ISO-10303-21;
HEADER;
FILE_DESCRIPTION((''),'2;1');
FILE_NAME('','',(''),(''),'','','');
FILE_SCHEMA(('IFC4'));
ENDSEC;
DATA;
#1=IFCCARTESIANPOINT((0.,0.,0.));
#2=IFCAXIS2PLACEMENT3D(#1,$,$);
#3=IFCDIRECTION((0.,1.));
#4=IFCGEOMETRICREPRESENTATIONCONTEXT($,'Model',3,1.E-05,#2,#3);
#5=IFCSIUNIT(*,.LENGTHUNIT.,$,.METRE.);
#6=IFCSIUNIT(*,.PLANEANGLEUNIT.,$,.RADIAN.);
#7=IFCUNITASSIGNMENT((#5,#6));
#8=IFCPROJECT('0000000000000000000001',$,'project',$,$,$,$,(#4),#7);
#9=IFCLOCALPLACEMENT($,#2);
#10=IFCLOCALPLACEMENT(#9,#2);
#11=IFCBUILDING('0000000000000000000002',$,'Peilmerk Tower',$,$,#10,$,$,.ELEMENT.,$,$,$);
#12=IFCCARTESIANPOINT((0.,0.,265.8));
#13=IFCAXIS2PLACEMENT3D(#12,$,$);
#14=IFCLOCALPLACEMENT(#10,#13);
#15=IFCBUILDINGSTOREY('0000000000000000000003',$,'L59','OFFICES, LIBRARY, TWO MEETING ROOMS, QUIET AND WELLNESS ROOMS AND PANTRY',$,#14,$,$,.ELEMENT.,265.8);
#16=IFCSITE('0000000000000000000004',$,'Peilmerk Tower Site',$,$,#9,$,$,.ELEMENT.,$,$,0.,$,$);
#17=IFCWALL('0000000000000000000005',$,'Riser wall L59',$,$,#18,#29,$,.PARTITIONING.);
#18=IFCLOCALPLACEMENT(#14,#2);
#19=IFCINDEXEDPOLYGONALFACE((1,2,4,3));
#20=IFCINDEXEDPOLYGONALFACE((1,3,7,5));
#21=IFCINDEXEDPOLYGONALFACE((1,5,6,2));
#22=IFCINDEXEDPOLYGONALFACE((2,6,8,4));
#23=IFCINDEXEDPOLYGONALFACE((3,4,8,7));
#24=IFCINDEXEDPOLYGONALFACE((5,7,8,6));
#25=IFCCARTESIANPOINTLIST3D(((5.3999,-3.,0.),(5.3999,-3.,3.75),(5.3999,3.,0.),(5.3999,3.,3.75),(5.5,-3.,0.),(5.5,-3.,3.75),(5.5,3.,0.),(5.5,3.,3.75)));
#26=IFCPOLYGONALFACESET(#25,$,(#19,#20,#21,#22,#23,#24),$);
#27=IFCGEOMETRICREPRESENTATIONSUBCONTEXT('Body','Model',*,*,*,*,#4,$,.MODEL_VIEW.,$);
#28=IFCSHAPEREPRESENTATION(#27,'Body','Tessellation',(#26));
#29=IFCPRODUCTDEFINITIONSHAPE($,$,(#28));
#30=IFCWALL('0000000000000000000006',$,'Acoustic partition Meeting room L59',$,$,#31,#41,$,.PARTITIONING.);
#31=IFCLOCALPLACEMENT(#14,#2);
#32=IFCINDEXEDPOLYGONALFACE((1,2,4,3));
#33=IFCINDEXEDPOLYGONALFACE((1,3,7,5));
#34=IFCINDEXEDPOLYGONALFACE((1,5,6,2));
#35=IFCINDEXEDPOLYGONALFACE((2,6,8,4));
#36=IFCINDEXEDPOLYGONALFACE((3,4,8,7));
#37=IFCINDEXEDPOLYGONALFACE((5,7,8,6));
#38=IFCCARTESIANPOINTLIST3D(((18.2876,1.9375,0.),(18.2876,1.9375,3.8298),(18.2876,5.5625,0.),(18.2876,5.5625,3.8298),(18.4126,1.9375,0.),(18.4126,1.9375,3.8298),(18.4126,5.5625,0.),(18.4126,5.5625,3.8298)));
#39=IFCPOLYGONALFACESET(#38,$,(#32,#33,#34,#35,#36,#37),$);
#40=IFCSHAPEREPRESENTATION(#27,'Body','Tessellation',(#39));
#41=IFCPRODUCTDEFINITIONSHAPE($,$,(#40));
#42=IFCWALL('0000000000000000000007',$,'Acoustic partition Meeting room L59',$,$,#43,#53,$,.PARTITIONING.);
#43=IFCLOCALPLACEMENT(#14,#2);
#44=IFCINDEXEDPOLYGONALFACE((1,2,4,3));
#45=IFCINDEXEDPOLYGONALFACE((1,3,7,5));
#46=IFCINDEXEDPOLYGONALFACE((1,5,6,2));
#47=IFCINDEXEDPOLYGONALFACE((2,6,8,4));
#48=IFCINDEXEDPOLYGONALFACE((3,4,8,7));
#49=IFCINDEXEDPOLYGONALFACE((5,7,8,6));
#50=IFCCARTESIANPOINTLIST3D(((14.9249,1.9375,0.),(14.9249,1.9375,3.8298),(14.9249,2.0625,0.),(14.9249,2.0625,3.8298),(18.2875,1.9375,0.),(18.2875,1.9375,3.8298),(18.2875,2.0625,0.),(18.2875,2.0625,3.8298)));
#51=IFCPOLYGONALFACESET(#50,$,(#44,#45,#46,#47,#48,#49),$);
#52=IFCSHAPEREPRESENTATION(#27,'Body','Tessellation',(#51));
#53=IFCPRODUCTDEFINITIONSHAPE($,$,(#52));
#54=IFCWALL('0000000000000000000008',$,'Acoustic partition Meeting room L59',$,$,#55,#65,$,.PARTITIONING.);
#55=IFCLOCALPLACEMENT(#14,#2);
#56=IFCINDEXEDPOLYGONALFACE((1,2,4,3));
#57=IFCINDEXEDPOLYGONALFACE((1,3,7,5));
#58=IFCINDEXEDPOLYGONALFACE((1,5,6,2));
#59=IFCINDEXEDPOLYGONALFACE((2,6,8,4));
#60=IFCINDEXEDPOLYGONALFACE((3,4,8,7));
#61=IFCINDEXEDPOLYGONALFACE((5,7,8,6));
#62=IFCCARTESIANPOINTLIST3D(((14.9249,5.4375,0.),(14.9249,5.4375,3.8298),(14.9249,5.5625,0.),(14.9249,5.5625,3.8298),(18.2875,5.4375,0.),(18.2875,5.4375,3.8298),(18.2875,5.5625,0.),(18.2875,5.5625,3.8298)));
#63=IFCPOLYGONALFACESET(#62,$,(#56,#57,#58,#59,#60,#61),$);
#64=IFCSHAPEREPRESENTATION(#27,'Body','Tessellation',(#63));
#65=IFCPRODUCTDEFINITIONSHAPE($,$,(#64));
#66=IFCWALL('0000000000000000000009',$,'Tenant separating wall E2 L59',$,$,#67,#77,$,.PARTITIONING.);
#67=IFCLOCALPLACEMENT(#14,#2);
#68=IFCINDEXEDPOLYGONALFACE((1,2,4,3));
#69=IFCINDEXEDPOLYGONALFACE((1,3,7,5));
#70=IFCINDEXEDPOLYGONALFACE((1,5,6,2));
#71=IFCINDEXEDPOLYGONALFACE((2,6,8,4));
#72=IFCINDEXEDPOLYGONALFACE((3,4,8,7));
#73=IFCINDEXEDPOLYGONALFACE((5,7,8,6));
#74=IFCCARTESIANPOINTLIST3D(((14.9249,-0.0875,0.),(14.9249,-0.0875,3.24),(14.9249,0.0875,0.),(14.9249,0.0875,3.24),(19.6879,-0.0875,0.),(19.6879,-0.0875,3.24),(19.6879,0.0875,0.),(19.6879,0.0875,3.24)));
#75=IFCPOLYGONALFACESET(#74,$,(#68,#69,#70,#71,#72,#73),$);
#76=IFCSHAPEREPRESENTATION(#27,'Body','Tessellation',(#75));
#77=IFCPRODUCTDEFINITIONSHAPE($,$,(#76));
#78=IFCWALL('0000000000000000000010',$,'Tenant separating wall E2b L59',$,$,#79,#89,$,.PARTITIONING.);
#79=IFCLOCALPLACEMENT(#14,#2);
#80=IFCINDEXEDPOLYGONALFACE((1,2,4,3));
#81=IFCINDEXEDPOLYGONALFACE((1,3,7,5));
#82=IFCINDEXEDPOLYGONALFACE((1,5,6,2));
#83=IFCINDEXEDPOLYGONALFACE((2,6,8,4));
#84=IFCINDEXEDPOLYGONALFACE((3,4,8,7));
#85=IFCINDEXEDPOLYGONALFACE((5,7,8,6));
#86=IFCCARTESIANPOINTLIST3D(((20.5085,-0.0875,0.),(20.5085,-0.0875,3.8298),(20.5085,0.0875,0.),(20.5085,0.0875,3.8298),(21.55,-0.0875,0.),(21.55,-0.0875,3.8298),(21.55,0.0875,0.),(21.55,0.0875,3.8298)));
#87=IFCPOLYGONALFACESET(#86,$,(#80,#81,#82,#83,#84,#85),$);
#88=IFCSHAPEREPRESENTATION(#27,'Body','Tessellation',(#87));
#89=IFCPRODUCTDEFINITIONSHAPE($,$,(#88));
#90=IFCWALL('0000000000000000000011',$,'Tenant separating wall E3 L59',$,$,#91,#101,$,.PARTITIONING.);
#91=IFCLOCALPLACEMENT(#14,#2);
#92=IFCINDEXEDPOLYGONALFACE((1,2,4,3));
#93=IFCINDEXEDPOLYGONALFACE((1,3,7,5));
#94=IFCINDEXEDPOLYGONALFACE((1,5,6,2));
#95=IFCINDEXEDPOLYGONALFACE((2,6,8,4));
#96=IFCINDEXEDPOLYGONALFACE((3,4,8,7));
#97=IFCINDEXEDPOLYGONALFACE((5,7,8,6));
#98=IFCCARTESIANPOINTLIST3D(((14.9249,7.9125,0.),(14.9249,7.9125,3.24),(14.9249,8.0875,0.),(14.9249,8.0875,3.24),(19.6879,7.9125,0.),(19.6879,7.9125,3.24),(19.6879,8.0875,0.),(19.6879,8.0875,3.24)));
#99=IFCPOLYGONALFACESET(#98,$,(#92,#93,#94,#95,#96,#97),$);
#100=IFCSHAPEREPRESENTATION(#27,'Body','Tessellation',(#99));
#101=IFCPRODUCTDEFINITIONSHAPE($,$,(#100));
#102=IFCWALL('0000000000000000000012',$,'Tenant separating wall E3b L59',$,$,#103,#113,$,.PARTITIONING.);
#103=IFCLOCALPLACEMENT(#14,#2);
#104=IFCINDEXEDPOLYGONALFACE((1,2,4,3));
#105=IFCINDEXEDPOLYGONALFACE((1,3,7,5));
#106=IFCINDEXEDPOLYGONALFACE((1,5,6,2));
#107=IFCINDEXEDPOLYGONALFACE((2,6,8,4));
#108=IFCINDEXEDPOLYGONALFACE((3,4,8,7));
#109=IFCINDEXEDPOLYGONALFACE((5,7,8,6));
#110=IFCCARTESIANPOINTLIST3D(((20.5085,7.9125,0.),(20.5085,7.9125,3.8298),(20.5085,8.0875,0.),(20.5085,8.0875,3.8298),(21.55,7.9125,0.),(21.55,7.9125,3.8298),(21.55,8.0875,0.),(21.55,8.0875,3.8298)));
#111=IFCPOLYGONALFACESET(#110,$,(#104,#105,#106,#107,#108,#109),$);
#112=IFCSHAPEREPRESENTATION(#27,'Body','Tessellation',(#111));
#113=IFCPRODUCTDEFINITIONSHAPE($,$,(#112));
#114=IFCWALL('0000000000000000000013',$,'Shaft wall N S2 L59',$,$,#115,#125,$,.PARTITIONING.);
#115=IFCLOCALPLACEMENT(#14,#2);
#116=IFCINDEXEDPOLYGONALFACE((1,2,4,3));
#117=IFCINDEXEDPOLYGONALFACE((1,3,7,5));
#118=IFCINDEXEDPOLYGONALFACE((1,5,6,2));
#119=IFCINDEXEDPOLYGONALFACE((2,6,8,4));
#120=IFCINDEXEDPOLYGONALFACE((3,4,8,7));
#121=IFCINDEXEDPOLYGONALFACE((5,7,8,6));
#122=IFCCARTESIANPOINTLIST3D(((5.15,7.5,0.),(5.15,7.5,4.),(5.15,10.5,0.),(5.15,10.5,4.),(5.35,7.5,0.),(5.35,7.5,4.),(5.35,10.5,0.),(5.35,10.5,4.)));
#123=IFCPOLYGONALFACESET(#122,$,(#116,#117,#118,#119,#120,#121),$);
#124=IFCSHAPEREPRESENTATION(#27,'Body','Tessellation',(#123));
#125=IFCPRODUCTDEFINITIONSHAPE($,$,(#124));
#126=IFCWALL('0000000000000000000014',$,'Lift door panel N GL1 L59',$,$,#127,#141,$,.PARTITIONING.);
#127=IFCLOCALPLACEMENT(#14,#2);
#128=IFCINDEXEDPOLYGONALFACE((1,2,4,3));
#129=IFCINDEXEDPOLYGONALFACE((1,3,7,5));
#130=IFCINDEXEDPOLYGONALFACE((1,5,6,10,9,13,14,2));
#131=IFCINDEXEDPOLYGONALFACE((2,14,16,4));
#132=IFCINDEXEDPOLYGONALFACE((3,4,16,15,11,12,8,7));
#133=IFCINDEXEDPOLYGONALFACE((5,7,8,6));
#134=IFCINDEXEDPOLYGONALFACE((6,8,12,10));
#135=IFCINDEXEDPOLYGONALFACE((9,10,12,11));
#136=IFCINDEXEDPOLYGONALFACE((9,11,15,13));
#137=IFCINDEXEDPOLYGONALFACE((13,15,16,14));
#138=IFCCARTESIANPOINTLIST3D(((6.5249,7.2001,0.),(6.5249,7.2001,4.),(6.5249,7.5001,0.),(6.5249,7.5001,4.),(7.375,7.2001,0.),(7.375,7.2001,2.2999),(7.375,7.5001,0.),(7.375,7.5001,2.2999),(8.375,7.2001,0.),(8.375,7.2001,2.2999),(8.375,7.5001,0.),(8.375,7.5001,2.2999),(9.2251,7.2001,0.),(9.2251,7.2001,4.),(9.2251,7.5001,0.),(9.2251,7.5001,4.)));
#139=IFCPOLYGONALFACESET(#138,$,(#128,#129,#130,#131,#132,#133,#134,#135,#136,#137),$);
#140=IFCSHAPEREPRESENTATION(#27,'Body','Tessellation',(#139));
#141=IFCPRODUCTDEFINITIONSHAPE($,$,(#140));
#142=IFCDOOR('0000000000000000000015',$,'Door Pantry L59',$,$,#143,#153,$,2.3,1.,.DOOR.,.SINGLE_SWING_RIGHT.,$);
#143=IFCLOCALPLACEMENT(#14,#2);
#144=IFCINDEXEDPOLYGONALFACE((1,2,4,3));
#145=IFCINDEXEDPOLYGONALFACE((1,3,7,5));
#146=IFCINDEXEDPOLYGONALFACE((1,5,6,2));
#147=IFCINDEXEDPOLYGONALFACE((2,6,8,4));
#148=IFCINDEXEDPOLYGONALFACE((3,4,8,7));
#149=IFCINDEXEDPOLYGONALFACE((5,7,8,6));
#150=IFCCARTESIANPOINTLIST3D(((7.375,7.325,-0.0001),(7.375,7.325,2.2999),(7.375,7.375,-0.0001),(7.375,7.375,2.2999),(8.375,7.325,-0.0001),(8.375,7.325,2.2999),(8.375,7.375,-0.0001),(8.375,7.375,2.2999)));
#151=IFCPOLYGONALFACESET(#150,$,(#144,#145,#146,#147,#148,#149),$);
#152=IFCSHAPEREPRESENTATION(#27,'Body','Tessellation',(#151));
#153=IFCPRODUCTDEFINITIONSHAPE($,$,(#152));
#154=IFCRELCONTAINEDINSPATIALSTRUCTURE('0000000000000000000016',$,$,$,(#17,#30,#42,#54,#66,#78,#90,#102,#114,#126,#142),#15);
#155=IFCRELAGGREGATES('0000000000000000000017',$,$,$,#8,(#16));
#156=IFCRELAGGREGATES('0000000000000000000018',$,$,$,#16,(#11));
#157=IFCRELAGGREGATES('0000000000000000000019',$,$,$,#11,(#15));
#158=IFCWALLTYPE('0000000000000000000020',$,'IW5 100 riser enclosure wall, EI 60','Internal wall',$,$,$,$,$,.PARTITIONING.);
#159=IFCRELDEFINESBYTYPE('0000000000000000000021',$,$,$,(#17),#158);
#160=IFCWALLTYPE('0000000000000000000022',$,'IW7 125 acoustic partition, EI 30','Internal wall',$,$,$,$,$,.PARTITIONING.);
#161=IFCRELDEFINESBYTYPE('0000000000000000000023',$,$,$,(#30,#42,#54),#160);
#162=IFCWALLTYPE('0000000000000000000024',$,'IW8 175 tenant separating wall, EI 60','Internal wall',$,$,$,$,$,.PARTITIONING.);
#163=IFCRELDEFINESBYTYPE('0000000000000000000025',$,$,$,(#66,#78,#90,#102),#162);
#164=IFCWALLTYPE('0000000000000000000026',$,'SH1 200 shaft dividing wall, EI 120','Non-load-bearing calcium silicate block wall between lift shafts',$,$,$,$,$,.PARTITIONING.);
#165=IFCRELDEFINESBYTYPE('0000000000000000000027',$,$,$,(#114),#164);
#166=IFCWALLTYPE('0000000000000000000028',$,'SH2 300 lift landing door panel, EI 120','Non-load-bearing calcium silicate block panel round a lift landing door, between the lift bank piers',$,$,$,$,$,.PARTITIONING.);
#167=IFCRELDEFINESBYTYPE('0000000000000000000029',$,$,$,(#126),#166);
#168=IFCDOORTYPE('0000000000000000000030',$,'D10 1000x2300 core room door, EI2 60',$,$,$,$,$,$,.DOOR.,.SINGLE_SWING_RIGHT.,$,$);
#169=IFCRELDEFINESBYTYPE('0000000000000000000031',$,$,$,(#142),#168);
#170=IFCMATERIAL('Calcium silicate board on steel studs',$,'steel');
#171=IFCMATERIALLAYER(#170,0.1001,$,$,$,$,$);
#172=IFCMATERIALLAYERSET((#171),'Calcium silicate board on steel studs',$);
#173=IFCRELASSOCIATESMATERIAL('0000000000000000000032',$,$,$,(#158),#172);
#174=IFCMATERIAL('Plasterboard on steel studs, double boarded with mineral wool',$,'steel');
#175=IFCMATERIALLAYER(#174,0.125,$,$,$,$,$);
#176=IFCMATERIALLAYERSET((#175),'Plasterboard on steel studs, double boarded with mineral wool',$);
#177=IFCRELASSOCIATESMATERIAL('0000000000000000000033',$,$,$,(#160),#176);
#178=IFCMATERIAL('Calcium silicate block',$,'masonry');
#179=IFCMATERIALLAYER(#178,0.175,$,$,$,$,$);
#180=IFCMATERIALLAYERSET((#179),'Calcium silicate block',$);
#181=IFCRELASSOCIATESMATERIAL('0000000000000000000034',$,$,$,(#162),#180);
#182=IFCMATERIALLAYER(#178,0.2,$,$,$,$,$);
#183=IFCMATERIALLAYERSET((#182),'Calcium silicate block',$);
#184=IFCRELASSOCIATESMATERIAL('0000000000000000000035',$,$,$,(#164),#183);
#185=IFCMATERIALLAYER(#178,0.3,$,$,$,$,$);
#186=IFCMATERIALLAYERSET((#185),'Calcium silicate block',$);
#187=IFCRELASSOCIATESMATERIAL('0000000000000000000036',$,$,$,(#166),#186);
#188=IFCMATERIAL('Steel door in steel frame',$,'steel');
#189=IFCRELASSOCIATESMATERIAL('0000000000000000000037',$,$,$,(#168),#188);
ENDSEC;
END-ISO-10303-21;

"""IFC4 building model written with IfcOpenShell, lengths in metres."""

from ifc_helpers import new_model, si_unit, direction, frame, frame_2d, origin, place, context, subcontext, project, spatial, rectangle, extrude, material, layer, layer_set, type_object, element, fill, save


model = new_model("IFC4")

# Units and contexts
model_context = context("Model", 3, precision=1e-05, world=origin(), true_north=direction((0.0, 1.0)))
body_context = subcontext(model_context, "Body", "Model", "MODEL_VIEW")
ifc_project = project(units=[si_unit("LENGTHUNIT", "METRE"), si_unit("PLANEANGLEUNIT", "RADIAN")], contexts=[model_context])

# Site, building, storey
site_placement = place(None, origin())
site = spatial("IfcSite", under=ifc_project, at=site_placement, Name="Peilmerk Tower Site", CompositionType="ELEMENT", RefElevation=0.0)
building_placement = place(site_placement, origin())
building = spatial("IfcBuilding", under=site, at=building_placement, Name="Peilmerk Tower", CompositionType="ELEMENT")
storey_placement = place(building_placement, frame((0.0, 0.0, 265.8)))
storey = spatial("IfcBuildingStorey", under=building, at=storey_placement, Name="L59", Description="OFFICES, LIBRARY, TWO MEETING ROOMS, QUIET AND WELLNESS ROOMS AND PANTRY", CompositionType="ELEMENT", Elevation=265.8)

# Walls
ifc_material_1 = material(Name="Calcium silicate board on steel studs", Category="steel")
ifc_layer_1 = layer(ifc_material_1, 0.1001)
ifc_layer_set_1 = layer_set([ifc_layer_1], Name="Calcium silicate board on steel studs")
wall_type_1 = type_object("IfcWallType", Name="IW5 100 riser enclosure wall, EI 60", Description="Internal wall", PredefinedType="PARTITIONING", material=ifc_layer_set_1)
wall_1_placement = place(storey_placement, frame((5.45, 3.0, 0.0), z_axis=(0.0, 0.0, 1.0), x_axis=(0.0, -1.0, 0.0)))
element("IfcWall", 1, at=wall_1_placement, inside=storey, type_object=wall_type_1, Name="Riser wall L59", PredefinedType="PARTITIONING", context=body_context, shape_type="SweptSolid", body=[
    extrude(rectangle(XDim=6.0, YDim=0.1001, at=frame_2d((3.0, 0.0))), origin(), (0.0, 0.0, 1.0), 3.75),
])
ifc_material_2 = material(Name="Plasterboard on steel studs, double boarded with mineral wool", Category="steel")
ifc_layer_2 = layer(ifc_material_2, 0.125)
ifc_layer_set_2 = layer_set([ifc_layer_2], Name="Plasterboard on steel studs, double boarded with mineral wool")
wall_type_2 = type_object("IfcWallType", Name="IW7 125 acoustic partition, EI 30", Description="Internal wall", PredefinedType="PARTITIONING", material=ifc_layer_set_2)
wall_2_placement = place(storey_placement, frame((18.3501, 1.9375, 0.0), z_axis=(0.0, 0.0, 1.0), x_axis=(0.0, 1.0, 0.0)))
element("IfcWall", 2, at=wall_2_placement, inside=storey, type_object=wall_type_2, Name="Acoustic partition Meeting room L59", PredefinedType="PARTITIONING", context=body_context, shape_type="SweptSolid", body=[
    extrude(rectangle(XDim=3.625, YDim=0.125, at=frame_2d((1.8125, 0.0))), origin(), (0.0, 0.0, 1.0), 3.8298),
])
for number, where, z_axis, x_axis, name in (
    (3, (14.925, 2.0, 0.0), (0.0, 0.0, 1.0), (1.0, 0.0, 0.0), "Acoustic partition Meeting room L59"),
    (4, (14.925, 5.5, 0.0), (0.0, 0.0, 1.0), (1.0, 0.0, 0.0), "Acoustic partition Meeting room L59"),
):
    element("IfcWall", number, at=place(storey_placement, frame(where, z_axis=z_axis, x_axis=x_axis)), inside=storey, type_object=wall_type_2, Name=name, PredefinedType="PARTITIONING", context=body_context, shape_type="SweptSolid", body=[
        extrude(rectangle(XDim=3.3625, YDim=0.125, at=frame_2d((1.6812, 0.0))), origin(), (0.0, 0.0, 1.0), 3.8298),
    ])
ifc_material_3 = material(Name="Calcium silicate block", Category="masonry")
ifc_layer_3 = layer(ifc_material_3, 0.175)
ifc_layer_set_3 = layer_set([ifc_layer_3], Name="Calcium silicate block")
wall_type_3 = type_object("IfcWallType", Name="IW8 175 tenant separating wall, EI 60", Description="Internal wall", PredefinedType="PARTITIONING", material=ifc_layer_set_3)
wall_3_placement = place(storey_placement, frame((14.925, 0.0, 0.0), z_axis=(0.0, 0.0, 1.0), x_axis=(1.0, 0.0, 0.0)))
element("IfcWall", 5, at=wall_3_placement, inside=storey, type_object=wall_type_3, Name="Tenant separating wall E2 L59", PredefinedType="PARTITIONING", context=body_context, shape_type="SweptSolid", body=[
    extrude(rectangle(XDim=4.7629, YDim=0.175, at=frame_2d((2.3813, 0.0))), origin(), (0.0, 0.0, 1.0), 3.24),
])
wall_4_placement = place(storey_placement, frame((20.5085, 0.0, 0.0), z_axis=(0.0, 0.0, 1.0), x_axis=(1.0, 0.0, 0.0)))
element("IfcWall", 6, at=wall_4_placement, inside=storey, type_object=wall_type_3, Name="Tenant separating wall E2b L59", PredefinedType="PARTITIONING", context=body_context, shape_type="SweptSolid", body=[
    extrude(rectangle(XDim=1.0415, YDim=0.175, at=frame_2d((0.5208, 0.0))), origin(), (0.0, 0.0, 1.0), 3.8298),
])
wall_5_placement = place(storey_placement, frame((14.925, 8.0, 0.0), z_axis=(0.0, 0.0, 1.0), x_axis=(1.0, 0.0, 0.0)))
element("IfcWall", 7, at=wall_5_placement, inside=storey, type_object=wall_type_3, Name="Tenant separating wall E3 L59", PredefinedType="PARTITIONING", context=body_context, shape_type="SweptSolid", body=[
    extrude(rectangle(XDim=4.7629, YDim=0.175, at=frame_2d((2.3813, 0.0))), origin(), (0.0, 0.0, 1.0), 3.24),
])
wall_6_placement = place(storey_placement, frame((20.5085, 8.0, 0.0), z_axis=(0.0, 0.0, 1.0), x_axis=(1.0, 0.0, 0.0)))
element("IfcWall", 8, at=wall_6_placement, inside=storey, type_object=wall_type_3, Name="Tenant separating wall E3b L59", PredefinedType="PARTITIONING", context=body_context, shape_type="SweptSolid", body=[
    extrude(rectangle(XDim=1.0415, YDim=0.175, at=frame_2d((0.5208, 0.0))), origin(), (0.0, 0.0, 1.0), 3.8298),
])
ifc_layer_4 = layer(ifc_material_3, 0.2)
ifc_layer_set_4 = layer_set([ifc_layer_4], Name="Calcium silicate block")
wall_type_4 = type_object("IfcWallType", Name="SH1 200 shaft dividing wall, EI 120", Description="Non-load-bearing calcium silicate block wall between lift shafts", PredefinedType="PARTITIONING", material=ifc_layer_set_4)
wall_7_placement = place(storey_placement, frame((5.25, 7.5, 0.0), z_axis=(0.0, 0.0, 1.0), x_axis=(0.0, 1.0, 0.0)))
element("IfcWall", 9, at=wall_7_placement, inside=storey, type_object=wall_type_4, Name="Shaft wall N S2 L59", PredefinedType="PARTITIONING", context=body_context, shape_type="SweptSolid", body=[
    extrude(rectangle(XDim=3.0, YDim=0.2, at=frame_2d((1.5, 0.0))), origin(), (0.0, 0.0, 1.0), 4.0),
])

# Wall, opening, door
ifc_layer_5 = layer(ifc_material_3, 0.3)
ifc_layer_set_5 = layer_set([ifc_layer_5], Name="Calcium silicate block")
wall_type_5 = type_object("IfcWallType", Name="SH2 300 lift landing door panel, EI 120", Description="Non-load-bearing calcium silicate block panel round a lift landing door, between the lift bank piers", PredefinedType="PARTITIONING", material=ifc_layer_set_5)
wall_8_placement = place(storey_placement, frame((6.5249, 7.3501, 0.0), z_axis=(0.0, 0.0, 1.0), x_axis=(1.0, 0.0, 0.0)))
wall_8 = element("IfcWall", 10, at=wall_8_placement, inside=storey, type_object=wall_type_5, Name="Lift door panel N GL1 L59", PredefinedType="PARTITIONING", context=body_context, shape_type="SweptSolid", body=[
    extrude(rectangle(XDim=2.7002, YDim=0.3, at=frame_2d((1.3501, 0.0))), origin(), (0.0, 0.0, 1.0), 4.0),
])
opening_1_placement = place(wall_8_placement, frame((0.8501, 0.0, 0.0)))
opening_1 = element("IfcOpeningElement", 11, at=opening_1_placement, cuts=wall_8, PredefinedType="OPENING", context=body_context, shape_type="SweptSolid", body=[
    extrude(rectangle(XDim=1.0, YDim=2.3, at=frame_2d((0.5, 1.1499))), frame((0.0, 0.1599, 0.0), z_axis=(0.0, -1.0, 0.0), x_axis=(1.0, 0.0, 0.0)), (0.0, 0.0, 1.0), 0.3201),
])
ifc_material_4 = material(Name="Steel door in steel frame", Category="steel")
door_type_1 = type_object("IfcDoorType", Name="D10 1000x2300 core room door, EI2 60", OperationType="SINGLE_SWING_RIGHT", PredefinedType="DOOR", material=ifc_material_4)
door_1_placement = place(opening_1_placement, origin())
door_1 = element("IfcDoor", 12, at=door_1_placement, inside=storey, type_object=door_type_1, Name="Door Pantry L59", OperationType="SINGLE_SWING_RIGHT", OverallHeight=2.3, OverallWidth=1.0, PredefinedType="DOOR", context=body_context, shape_type="SweptSolid", body=[
    extrude(rectangle(XDim=1.0, YDim=2.3, at=frame_2d((0.5, 1.1499))), frame((0.0, 0.0249, 0.0), z_axis=(0.0, -1.0, 0.0), x_axis=(1.0, 0.0, 0.0)), (0.0, 0.0, 1.0), 0.05),
])
fill(opening_1, door_1)

save(model, "model.ifc")
